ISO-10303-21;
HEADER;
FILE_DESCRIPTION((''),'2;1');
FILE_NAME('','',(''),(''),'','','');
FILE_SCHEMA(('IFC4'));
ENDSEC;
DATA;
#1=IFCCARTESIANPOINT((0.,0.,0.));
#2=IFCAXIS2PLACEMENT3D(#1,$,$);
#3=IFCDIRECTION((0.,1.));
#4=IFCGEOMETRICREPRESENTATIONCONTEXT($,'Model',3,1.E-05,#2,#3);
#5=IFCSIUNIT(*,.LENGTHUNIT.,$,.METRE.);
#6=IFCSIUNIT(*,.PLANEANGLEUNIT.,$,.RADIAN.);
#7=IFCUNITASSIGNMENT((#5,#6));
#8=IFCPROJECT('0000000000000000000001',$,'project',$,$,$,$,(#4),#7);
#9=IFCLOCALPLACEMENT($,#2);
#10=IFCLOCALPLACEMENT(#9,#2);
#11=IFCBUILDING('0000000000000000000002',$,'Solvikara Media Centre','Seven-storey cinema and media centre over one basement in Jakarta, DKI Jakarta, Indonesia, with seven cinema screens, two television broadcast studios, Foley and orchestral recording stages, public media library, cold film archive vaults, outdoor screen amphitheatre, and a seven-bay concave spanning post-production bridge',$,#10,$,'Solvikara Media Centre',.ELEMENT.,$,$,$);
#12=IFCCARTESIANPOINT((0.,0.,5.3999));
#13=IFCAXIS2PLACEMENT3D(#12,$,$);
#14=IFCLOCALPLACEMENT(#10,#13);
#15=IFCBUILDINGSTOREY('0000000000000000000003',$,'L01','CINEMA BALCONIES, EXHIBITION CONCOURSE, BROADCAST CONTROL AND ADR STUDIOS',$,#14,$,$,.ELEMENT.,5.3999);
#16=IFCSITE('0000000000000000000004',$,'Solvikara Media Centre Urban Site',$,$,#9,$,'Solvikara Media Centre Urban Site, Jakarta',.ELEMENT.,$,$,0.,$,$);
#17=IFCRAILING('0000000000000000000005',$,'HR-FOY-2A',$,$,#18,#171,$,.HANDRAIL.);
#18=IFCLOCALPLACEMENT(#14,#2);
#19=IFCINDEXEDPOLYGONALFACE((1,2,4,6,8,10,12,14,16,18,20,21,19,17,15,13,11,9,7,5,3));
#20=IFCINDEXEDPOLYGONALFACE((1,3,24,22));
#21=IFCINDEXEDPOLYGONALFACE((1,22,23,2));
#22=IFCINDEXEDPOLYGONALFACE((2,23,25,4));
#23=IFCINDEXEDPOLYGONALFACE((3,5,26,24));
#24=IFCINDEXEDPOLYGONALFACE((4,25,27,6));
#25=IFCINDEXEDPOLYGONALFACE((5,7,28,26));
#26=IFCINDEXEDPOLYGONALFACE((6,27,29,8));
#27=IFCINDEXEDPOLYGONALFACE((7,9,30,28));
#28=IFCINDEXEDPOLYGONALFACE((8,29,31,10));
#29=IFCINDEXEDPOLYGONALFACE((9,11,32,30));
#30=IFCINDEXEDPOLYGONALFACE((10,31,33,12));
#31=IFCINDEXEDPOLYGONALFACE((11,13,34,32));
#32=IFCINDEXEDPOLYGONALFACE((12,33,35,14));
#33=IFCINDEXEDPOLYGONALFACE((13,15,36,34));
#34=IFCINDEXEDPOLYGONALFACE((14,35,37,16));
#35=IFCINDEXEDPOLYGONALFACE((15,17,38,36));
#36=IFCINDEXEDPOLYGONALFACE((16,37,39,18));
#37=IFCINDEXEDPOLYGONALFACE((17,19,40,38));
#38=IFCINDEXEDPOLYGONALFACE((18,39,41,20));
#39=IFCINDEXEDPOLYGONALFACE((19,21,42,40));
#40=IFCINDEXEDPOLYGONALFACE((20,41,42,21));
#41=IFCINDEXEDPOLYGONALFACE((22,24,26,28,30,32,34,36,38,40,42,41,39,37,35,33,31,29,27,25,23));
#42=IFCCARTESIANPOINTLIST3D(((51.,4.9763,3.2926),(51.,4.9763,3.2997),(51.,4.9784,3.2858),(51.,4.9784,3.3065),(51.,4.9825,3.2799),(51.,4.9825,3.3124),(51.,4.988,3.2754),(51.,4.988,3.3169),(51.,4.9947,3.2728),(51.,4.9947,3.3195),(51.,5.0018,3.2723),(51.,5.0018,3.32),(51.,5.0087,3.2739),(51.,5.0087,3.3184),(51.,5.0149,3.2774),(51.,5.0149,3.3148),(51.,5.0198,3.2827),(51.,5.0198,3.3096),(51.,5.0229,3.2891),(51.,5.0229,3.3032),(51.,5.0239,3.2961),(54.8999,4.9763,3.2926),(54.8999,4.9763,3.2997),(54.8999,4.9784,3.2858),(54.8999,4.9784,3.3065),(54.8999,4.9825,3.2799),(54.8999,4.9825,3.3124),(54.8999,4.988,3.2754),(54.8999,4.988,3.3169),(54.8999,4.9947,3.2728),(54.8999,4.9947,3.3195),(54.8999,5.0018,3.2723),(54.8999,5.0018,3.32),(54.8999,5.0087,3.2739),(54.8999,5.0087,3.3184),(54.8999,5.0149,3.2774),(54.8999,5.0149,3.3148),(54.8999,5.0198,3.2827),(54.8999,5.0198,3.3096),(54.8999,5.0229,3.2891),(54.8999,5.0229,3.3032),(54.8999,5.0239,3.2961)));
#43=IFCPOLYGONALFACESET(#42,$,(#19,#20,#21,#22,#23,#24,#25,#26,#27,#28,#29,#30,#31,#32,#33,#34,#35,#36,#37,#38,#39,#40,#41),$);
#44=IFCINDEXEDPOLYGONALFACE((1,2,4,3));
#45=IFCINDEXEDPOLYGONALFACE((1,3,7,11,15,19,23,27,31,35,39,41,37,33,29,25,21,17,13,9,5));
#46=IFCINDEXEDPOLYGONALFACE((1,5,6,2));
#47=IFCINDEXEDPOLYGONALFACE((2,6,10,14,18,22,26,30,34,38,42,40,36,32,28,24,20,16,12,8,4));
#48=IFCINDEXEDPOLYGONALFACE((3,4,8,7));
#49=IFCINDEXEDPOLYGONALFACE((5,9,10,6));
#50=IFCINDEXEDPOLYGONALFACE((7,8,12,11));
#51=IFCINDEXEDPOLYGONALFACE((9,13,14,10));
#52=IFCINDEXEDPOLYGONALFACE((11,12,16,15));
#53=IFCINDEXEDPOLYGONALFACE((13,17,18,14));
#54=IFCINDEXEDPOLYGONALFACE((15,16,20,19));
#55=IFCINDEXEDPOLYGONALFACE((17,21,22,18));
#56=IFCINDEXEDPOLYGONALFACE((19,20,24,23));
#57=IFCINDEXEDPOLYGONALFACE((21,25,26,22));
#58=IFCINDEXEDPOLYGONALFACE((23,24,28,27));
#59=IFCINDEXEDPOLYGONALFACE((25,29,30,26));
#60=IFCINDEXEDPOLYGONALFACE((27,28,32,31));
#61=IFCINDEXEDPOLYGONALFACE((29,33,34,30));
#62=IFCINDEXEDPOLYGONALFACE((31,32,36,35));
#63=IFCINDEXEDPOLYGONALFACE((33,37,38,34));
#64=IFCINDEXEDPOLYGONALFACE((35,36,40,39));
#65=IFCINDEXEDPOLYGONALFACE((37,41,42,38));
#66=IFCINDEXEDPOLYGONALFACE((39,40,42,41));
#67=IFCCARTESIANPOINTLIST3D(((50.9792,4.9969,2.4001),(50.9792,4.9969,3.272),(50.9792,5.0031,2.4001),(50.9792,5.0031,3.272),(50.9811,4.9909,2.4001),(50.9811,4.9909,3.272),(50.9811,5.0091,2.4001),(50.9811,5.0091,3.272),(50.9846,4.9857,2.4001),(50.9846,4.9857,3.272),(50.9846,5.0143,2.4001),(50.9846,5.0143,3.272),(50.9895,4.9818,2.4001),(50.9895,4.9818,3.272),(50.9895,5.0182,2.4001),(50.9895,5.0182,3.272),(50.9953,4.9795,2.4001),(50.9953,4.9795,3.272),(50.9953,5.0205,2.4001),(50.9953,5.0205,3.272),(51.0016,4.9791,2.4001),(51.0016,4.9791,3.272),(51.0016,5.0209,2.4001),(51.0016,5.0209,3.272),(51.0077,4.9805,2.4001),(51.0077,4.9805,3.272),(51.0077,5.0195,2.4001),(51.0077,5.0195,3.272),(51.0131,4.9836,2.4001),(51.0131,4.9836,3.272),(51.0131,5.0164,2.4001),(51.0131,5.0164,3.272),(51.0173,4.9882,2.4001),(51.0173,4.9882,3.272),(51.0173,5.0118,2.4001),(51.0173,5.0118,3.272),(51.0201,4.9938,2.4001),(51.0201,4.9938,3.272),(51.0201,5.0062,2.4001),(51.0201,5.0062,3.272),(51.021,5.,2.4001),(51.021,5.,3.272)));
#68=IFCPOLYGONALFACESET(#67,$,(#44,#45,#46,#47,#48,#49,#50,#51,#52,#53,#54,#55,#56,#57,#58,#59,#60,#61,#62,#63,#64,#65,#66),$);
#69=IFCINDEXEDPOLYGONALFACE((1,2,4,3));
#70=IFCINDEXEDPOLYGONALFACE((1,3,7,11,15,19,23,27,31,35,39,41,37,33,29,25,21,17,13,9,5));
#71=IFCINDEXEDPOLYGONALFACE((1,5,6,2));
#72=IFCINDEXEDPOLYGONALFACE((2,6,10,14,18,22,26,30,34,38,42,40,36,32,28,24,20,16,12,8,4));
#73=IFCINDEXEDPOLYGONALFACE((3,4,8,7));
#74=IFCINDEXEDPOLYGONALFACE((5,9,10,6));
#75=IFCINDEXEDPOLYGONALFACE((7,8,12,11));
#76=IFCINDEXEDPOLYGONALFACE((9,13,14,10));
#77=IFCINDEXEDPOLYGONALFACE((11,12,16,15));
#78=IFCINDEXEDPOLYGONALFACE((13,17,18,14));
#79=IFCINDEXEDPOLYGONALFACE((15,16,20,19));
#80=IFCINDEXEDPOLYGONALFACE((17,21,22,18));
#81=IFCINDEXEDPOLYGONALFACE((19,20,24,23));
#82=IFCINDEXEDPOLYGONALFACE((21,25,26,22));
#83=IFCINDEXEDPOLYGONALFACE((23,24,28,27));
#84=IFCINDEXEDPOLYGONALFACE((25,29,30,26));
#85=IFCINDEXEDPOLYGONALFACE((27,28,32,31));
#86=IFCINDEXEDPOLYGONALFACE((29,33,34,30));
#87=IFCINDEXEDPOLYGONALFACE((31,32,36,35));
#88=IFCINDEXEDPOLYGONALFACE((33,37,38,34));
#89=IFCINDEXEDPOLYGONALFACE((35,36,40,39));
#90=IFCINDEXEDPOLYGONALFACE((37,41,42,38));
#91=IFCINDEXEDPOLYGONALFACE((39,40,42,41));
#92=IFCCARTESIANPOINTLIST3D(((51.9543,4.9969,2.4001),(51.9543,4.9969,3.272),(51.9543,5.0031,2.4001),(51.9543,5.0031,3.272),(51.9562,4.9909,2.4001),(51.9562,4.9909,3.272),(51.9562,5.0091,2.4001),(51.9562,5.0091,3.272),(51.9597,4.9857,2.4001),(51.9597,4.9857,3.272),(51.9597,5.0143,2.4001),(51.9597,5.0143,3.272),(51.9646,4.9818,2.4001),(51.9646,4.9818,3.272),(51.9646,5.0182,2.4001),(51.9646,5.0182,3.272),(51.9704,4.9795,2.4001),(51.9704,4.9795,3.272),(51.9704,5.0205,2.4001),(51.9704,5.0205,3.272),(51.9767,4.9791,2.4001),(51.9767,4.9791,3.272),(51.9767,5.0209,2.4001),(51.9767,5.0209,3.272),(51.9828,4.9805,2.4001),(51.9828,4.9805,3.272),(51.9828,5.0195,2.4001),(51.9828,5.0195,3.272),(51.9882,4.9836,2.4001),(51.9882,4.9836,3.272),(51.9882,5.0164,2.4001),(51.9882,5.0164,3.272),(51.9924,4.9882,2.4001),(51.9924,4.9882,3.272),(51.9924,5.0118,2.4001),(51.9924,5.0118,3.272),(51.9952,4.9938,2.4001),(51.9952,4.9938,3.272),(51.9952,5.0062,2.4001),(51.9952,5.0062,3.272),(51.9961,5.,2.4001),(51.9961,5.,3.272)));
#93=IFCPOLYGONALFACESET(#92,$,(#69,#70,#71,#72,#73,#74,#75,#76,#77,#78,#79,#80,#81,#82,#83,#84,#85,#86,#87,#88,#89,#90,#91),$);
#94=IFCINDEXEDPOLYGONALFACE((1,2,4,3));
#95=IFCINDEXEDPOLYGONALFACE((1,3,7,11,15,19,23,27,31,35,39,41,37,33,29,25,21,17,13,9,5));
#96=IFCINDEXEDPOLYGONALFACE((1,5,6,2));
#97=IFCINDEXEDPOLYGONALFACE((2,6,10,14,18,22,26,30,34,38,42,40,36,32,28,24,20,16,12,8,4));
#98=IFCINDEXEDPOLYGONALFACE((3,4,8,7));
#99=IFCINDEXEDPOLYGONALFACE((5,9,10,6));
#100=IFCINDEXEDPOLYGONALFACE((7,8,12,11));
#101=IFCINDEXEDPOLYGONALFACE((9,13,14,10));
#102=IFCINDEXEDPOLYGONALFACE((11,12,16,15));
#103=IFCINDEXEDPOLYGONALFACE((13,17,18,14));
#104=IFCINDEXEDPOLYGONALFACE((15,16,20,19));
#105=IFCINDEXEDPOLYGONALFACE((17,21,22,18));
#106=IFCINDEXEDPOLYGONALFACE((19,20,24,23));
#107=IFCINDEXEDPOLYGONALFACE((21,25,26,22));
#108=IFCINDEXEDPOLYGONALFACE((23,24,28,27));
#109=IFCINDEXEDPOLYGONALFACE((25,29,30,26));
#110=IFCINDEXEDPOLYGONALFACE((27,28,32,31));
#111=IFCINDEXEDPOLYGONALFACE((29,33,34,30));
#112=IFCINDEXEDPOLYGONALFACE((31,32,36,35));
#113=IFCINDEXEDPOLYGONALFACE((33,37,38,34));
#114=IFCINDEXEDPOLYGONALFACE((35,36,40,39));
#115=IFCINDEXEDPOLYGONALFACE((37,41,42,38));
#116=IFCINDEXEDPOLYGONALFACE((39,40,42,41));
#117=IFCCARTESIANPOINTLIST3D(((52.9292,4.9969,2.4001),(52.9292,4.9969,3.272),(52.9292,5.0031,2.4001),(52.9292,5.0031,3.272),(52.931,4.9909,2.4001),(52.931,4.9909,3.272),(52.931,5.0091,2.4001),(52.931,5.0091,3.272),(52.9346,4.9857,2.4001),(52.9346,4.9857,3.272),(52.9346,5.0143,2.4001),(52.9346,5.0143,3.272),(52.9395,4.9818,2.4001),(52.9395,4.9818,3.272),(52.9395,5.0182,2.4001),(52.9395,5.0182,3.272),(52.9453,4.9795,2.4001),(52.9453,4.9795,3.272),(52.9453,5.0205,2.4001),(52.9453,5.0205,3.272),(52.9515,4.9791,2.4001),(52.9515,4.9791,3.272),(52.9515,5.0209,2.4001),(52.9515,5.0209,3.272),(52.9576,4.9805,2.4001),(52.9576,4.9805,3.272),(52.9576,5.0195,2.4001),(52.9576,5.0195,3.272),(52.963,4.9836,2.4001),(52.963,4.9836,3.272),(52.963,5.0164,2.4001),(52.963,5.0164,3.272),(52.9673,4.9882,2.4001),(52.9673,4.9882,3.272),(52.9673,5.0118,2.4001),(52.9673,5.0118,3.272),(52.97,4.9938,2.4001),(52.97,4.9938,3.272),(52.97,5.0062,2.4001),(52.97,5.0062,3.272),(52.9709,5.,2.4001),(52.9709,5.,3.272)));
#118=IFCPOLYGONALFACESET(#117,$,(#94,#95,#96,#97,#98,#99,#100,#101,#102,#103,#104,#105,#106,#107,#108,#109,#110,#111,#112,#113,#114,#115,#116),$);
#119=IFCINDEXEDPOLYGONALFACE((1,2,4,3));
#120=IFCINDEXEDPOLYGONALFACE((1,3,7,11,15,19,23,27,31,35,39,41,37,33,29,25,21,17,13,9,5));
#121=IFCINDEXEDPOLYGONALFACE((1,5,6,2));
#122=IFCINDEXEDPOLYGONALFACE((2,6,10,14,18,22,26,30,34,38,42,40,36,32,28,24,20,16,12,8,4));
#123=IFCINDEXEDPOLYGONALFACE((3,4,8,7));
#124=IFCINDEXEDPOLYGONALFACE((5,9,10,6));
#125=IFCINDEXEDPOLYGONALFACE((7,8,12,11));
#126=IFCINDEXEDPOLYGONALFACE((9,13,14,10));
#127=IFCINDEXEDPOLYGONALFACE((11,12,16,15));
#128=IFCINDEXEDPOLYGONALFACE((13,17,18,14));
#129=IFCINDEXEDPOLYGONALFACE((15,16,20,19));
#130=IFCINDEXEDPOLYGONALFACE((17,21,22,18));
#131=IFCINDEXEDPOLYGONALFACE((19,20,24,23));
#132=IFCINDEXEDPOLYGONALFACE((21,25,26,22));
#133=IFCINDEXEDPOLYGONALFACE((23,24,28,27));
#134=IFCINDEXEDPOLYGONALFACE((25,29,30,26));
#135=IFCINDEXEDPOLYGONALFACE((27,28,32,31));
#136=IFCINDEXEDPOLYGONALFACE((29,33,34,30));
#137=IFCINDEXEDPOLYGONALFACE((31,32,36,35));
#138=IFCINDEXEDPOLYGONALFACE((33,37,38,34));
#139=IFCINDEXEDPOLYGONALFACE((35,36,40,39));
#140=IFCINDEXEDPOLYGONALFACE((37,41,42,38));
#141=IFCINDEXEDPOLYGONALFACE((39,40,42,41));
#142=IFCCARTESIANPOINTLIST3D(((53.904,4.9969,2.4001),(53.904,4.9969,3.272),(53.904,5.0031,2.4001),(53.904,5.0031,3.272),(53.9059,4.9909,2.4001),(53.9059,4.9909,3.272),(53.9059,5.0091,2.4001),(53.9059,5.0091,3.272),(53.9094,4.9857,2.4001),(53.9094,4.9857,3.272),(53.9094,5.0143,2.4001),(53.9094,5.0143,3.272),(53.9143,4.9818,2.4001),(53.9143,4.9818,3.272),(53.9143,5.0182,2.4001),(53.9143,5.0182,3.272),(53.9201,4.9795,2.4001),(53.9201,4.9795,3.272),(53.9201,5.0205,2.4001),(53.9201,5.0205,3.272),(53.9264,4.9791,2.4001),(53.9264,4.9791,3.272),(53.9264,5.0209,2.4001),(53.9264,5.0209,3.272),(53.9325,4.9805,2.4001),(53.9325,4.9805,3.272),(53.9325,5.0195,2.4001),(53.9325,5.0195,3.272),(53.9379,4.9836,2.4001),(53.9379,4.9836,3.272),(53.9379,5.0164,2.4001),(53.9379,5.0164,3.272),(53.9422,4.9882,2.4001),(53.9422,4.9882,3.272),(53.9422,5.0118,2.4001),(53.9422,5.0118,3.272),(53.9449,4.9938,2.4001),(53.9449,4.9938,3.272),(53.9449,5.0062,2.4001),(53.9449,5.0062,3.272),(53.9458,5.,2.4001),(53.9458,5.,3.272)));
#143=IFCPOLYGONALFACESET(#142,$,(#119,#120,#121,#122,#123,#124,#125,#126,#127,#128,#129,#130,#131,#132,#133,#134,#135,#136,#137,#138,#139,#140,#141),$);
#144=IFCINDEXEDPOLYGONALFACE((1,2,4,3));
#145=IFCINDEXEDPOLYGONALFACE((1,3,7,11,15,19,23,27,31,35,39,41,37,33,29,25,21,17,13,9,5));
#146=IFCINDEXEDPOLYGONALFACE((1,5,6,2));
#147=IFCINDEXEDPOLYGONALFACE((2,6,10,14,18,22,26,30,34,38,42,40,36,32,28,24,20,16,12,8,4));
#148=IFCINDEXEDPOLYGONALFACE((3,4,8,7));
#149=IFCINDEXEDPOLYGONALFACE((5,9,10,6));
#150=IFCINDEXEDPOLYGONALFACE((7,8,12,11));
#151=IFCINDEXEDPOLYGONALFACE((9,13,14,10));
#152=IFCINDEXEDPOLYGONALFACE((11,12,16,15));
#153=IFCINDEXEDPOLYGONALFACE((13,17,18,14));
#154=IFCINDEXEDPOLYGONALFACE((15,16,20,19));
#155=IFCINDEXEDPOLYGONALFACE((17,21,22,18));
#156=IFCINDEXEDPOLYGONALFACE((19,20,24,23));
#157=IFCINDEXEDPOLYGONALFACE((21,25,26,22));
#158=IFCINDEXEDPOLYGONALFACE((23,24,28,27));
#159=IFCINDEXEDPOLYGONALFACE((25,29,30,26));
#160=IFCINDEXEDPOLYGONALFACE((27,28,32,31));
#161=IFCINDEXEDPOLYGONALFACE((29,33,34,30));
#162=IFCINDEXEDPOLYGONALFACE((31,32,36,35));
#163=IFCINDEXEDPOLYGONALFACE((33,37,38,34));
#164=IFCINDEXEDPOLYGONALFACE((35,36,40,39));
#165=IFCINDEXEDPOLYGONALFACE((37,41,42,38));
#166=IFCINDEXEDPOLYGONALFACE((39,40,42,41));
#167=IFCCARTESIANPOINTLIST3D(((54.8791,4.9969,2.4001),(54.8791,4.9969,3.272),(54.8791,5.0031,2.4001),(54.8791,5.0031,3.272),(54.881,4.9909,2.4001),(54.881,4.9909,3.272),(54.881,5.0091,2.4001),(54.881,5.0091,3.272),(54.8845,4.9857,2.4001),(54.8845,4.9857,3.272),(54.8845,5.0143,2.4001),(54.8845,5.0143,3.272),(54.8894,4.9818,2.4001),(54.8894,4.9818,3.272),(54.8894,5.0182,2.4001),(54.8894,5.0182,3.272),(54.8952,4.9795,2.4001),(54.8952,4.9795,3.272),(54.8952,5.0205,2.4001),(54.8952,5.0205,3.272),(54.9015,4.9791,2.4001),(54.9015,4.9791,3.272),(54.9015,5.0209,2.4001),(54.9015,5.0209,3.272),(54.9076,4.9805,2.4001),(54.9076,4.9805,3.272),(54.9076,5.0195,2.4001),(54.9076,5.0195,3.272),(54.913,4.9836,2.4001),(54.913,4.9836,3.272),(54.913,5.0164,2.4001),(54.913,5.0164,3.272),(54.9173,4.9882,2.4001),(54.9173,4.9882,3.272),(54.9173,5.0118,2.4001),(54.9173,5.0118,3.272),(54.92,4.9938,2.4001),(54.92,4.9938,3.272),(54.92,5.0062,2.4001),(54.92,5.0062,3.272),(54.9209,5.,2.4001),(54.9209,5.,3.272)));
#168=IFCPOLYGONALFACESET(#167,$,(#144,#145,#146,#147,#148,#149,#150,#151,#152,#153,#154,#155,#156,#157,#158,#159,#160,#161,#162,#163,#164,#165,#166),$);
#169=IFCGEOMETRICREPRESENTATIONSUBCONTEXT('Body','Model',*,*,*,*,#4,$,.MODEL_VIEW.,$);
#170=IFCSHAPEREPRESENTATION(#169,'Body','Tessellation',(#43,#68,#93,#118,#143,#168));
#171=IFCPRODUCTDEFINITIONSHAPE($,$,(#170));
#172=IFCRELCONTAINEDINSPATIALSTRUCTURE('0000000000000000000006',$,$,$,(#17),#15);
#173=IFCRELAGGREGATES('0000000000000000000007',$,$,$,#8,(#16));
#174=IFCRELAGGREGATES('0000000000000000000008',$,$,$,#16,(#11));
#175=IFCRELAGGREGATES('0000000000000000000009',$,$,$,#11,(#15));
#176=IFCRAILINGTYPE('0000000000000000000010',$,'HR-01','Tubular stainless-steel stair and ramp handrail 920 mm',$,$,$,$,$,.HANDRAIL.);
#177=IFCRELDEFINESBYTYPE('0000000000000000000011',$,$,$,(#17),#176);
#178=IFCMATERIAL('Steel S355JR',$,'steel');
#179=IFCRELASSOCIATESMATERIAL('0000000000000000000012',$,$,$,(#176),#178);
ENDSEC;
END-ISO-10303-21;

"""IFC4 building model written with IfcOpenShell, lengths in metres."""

from ifc_helpers import new_model, si_unit, direction, frame, origin, origin_2d, place, context, subcontext, project, spatial, circle, extrude, material, type_object, element, save


model = new_model("IFC4")

# Units and contexts
model_context = context("Model", 3, precision=1e-05, world=origin(), true_north=direction((0.0, 1.0)))
body_context = subcontext(model_context, "Body", "Model", "MODEL_VIEW")
ifc_project = project(units=[si_unit("LENGTHUNIT", "METRE"), si_unit("PLANEANGLEUNIT", "RADIAN")], contexts=[model_context])

# Site, building, storey
site_placement = place(None, origin())
site = spatial("IfcSite", under=ifc_project, at=site_placement, Name="Solvikara Media Centre Urban Site", LongName="Solvikara Media Centre Urban Site, Jakarta", CompositionType="ELEMENT", RefElevation=0.0)
building_placement = place(site_placement, origin())
building = spatial("IfcBuilding", under=site, at=building_placement, Name="Solvikara Media Centre", Description="Seven-storey cinema and media centre over one basement in Jakarta, DKI Jakarta, Indonesia, with seven cinema screens, two television broadcast studios, Foley and orchestral recording stages, public media library, cold film archive vaults, outdoor screen amphitheatre, and a seven-bay concave spanning post-production bridge", LongName="Solvikara Media Centre", CompositionType="ELEMENT")
storey_placement = place(building_placement, frame((0.0, 0.0, 5.3999)))
storey = spatial("IfcBuildingStorey", under=building, at=storey_placement, Name="L01", Description="CINEMA BALCONIES, EXHIBITION CONCOURSE, BROADCAST CONTROL AND ADR STUDIOS", CompositionType="ELEMENT", Elevation=5.3999)

# Shared definitions
ifc_material_1 = material(Name="Steel S355JR", Category="steel")

# Railing
railing_type_1 = type_object("IfcRailingType", Name="HR-01", Description="Tubular stainless-steel stair and ramp handrail 920 mm", PredefinedType="HANDRAIL", material=ifc_material_1)
railing_1_placement = place(storey_placement, frame((51.0, 5.0, 2.4001)))
element("IfcRailing", 1, at=railing_1_placement, inside=storey, type_object=railing_type_1, Name="HR-FOY-2A", PredefinedType="HANDRAIL", context=body_context, shape_type="SweptSolid", body=[
    extrude(circle(Radius=0.0239, at=origin_2d()), frame((0.0, 0.0, 0.896), z_axis=(1.0, 0.0, 0.0), x_axis=(0.0, 1.0, 0.0)), (0.0, 0.0, 1.0), 3.8999),
    extrude(circle(Radius=0.021, at=origin_2d()), origin(), (0.0, 0.0, 1.0), 0.8718),
    extrude(circle(Radius=0.021, at=origin_2d()), frame((0.9751, 0.0, 0.0)), (0.0, 0.0, 1.0), 0.8718),
    extrude(circle(Radius=0.021, at=origin_2d()), frame((1.95, 0.0, 0.0)), (0.0, 0.0, 1.0), 0.8718),
    extrude(circle(Radius=0.021, at=origin_2d()), frame((2.9248, 0.0, 0.0)), (0.0, 0.0, 1.0), 0.8718),
    extrude(circle(Radius=0.021, at=origin_2d()), frame((3.8999, 0.0, 0.0)), (0.0, 0.0, 1.0), 0.8718),
])

save(model, "model.ifc")
